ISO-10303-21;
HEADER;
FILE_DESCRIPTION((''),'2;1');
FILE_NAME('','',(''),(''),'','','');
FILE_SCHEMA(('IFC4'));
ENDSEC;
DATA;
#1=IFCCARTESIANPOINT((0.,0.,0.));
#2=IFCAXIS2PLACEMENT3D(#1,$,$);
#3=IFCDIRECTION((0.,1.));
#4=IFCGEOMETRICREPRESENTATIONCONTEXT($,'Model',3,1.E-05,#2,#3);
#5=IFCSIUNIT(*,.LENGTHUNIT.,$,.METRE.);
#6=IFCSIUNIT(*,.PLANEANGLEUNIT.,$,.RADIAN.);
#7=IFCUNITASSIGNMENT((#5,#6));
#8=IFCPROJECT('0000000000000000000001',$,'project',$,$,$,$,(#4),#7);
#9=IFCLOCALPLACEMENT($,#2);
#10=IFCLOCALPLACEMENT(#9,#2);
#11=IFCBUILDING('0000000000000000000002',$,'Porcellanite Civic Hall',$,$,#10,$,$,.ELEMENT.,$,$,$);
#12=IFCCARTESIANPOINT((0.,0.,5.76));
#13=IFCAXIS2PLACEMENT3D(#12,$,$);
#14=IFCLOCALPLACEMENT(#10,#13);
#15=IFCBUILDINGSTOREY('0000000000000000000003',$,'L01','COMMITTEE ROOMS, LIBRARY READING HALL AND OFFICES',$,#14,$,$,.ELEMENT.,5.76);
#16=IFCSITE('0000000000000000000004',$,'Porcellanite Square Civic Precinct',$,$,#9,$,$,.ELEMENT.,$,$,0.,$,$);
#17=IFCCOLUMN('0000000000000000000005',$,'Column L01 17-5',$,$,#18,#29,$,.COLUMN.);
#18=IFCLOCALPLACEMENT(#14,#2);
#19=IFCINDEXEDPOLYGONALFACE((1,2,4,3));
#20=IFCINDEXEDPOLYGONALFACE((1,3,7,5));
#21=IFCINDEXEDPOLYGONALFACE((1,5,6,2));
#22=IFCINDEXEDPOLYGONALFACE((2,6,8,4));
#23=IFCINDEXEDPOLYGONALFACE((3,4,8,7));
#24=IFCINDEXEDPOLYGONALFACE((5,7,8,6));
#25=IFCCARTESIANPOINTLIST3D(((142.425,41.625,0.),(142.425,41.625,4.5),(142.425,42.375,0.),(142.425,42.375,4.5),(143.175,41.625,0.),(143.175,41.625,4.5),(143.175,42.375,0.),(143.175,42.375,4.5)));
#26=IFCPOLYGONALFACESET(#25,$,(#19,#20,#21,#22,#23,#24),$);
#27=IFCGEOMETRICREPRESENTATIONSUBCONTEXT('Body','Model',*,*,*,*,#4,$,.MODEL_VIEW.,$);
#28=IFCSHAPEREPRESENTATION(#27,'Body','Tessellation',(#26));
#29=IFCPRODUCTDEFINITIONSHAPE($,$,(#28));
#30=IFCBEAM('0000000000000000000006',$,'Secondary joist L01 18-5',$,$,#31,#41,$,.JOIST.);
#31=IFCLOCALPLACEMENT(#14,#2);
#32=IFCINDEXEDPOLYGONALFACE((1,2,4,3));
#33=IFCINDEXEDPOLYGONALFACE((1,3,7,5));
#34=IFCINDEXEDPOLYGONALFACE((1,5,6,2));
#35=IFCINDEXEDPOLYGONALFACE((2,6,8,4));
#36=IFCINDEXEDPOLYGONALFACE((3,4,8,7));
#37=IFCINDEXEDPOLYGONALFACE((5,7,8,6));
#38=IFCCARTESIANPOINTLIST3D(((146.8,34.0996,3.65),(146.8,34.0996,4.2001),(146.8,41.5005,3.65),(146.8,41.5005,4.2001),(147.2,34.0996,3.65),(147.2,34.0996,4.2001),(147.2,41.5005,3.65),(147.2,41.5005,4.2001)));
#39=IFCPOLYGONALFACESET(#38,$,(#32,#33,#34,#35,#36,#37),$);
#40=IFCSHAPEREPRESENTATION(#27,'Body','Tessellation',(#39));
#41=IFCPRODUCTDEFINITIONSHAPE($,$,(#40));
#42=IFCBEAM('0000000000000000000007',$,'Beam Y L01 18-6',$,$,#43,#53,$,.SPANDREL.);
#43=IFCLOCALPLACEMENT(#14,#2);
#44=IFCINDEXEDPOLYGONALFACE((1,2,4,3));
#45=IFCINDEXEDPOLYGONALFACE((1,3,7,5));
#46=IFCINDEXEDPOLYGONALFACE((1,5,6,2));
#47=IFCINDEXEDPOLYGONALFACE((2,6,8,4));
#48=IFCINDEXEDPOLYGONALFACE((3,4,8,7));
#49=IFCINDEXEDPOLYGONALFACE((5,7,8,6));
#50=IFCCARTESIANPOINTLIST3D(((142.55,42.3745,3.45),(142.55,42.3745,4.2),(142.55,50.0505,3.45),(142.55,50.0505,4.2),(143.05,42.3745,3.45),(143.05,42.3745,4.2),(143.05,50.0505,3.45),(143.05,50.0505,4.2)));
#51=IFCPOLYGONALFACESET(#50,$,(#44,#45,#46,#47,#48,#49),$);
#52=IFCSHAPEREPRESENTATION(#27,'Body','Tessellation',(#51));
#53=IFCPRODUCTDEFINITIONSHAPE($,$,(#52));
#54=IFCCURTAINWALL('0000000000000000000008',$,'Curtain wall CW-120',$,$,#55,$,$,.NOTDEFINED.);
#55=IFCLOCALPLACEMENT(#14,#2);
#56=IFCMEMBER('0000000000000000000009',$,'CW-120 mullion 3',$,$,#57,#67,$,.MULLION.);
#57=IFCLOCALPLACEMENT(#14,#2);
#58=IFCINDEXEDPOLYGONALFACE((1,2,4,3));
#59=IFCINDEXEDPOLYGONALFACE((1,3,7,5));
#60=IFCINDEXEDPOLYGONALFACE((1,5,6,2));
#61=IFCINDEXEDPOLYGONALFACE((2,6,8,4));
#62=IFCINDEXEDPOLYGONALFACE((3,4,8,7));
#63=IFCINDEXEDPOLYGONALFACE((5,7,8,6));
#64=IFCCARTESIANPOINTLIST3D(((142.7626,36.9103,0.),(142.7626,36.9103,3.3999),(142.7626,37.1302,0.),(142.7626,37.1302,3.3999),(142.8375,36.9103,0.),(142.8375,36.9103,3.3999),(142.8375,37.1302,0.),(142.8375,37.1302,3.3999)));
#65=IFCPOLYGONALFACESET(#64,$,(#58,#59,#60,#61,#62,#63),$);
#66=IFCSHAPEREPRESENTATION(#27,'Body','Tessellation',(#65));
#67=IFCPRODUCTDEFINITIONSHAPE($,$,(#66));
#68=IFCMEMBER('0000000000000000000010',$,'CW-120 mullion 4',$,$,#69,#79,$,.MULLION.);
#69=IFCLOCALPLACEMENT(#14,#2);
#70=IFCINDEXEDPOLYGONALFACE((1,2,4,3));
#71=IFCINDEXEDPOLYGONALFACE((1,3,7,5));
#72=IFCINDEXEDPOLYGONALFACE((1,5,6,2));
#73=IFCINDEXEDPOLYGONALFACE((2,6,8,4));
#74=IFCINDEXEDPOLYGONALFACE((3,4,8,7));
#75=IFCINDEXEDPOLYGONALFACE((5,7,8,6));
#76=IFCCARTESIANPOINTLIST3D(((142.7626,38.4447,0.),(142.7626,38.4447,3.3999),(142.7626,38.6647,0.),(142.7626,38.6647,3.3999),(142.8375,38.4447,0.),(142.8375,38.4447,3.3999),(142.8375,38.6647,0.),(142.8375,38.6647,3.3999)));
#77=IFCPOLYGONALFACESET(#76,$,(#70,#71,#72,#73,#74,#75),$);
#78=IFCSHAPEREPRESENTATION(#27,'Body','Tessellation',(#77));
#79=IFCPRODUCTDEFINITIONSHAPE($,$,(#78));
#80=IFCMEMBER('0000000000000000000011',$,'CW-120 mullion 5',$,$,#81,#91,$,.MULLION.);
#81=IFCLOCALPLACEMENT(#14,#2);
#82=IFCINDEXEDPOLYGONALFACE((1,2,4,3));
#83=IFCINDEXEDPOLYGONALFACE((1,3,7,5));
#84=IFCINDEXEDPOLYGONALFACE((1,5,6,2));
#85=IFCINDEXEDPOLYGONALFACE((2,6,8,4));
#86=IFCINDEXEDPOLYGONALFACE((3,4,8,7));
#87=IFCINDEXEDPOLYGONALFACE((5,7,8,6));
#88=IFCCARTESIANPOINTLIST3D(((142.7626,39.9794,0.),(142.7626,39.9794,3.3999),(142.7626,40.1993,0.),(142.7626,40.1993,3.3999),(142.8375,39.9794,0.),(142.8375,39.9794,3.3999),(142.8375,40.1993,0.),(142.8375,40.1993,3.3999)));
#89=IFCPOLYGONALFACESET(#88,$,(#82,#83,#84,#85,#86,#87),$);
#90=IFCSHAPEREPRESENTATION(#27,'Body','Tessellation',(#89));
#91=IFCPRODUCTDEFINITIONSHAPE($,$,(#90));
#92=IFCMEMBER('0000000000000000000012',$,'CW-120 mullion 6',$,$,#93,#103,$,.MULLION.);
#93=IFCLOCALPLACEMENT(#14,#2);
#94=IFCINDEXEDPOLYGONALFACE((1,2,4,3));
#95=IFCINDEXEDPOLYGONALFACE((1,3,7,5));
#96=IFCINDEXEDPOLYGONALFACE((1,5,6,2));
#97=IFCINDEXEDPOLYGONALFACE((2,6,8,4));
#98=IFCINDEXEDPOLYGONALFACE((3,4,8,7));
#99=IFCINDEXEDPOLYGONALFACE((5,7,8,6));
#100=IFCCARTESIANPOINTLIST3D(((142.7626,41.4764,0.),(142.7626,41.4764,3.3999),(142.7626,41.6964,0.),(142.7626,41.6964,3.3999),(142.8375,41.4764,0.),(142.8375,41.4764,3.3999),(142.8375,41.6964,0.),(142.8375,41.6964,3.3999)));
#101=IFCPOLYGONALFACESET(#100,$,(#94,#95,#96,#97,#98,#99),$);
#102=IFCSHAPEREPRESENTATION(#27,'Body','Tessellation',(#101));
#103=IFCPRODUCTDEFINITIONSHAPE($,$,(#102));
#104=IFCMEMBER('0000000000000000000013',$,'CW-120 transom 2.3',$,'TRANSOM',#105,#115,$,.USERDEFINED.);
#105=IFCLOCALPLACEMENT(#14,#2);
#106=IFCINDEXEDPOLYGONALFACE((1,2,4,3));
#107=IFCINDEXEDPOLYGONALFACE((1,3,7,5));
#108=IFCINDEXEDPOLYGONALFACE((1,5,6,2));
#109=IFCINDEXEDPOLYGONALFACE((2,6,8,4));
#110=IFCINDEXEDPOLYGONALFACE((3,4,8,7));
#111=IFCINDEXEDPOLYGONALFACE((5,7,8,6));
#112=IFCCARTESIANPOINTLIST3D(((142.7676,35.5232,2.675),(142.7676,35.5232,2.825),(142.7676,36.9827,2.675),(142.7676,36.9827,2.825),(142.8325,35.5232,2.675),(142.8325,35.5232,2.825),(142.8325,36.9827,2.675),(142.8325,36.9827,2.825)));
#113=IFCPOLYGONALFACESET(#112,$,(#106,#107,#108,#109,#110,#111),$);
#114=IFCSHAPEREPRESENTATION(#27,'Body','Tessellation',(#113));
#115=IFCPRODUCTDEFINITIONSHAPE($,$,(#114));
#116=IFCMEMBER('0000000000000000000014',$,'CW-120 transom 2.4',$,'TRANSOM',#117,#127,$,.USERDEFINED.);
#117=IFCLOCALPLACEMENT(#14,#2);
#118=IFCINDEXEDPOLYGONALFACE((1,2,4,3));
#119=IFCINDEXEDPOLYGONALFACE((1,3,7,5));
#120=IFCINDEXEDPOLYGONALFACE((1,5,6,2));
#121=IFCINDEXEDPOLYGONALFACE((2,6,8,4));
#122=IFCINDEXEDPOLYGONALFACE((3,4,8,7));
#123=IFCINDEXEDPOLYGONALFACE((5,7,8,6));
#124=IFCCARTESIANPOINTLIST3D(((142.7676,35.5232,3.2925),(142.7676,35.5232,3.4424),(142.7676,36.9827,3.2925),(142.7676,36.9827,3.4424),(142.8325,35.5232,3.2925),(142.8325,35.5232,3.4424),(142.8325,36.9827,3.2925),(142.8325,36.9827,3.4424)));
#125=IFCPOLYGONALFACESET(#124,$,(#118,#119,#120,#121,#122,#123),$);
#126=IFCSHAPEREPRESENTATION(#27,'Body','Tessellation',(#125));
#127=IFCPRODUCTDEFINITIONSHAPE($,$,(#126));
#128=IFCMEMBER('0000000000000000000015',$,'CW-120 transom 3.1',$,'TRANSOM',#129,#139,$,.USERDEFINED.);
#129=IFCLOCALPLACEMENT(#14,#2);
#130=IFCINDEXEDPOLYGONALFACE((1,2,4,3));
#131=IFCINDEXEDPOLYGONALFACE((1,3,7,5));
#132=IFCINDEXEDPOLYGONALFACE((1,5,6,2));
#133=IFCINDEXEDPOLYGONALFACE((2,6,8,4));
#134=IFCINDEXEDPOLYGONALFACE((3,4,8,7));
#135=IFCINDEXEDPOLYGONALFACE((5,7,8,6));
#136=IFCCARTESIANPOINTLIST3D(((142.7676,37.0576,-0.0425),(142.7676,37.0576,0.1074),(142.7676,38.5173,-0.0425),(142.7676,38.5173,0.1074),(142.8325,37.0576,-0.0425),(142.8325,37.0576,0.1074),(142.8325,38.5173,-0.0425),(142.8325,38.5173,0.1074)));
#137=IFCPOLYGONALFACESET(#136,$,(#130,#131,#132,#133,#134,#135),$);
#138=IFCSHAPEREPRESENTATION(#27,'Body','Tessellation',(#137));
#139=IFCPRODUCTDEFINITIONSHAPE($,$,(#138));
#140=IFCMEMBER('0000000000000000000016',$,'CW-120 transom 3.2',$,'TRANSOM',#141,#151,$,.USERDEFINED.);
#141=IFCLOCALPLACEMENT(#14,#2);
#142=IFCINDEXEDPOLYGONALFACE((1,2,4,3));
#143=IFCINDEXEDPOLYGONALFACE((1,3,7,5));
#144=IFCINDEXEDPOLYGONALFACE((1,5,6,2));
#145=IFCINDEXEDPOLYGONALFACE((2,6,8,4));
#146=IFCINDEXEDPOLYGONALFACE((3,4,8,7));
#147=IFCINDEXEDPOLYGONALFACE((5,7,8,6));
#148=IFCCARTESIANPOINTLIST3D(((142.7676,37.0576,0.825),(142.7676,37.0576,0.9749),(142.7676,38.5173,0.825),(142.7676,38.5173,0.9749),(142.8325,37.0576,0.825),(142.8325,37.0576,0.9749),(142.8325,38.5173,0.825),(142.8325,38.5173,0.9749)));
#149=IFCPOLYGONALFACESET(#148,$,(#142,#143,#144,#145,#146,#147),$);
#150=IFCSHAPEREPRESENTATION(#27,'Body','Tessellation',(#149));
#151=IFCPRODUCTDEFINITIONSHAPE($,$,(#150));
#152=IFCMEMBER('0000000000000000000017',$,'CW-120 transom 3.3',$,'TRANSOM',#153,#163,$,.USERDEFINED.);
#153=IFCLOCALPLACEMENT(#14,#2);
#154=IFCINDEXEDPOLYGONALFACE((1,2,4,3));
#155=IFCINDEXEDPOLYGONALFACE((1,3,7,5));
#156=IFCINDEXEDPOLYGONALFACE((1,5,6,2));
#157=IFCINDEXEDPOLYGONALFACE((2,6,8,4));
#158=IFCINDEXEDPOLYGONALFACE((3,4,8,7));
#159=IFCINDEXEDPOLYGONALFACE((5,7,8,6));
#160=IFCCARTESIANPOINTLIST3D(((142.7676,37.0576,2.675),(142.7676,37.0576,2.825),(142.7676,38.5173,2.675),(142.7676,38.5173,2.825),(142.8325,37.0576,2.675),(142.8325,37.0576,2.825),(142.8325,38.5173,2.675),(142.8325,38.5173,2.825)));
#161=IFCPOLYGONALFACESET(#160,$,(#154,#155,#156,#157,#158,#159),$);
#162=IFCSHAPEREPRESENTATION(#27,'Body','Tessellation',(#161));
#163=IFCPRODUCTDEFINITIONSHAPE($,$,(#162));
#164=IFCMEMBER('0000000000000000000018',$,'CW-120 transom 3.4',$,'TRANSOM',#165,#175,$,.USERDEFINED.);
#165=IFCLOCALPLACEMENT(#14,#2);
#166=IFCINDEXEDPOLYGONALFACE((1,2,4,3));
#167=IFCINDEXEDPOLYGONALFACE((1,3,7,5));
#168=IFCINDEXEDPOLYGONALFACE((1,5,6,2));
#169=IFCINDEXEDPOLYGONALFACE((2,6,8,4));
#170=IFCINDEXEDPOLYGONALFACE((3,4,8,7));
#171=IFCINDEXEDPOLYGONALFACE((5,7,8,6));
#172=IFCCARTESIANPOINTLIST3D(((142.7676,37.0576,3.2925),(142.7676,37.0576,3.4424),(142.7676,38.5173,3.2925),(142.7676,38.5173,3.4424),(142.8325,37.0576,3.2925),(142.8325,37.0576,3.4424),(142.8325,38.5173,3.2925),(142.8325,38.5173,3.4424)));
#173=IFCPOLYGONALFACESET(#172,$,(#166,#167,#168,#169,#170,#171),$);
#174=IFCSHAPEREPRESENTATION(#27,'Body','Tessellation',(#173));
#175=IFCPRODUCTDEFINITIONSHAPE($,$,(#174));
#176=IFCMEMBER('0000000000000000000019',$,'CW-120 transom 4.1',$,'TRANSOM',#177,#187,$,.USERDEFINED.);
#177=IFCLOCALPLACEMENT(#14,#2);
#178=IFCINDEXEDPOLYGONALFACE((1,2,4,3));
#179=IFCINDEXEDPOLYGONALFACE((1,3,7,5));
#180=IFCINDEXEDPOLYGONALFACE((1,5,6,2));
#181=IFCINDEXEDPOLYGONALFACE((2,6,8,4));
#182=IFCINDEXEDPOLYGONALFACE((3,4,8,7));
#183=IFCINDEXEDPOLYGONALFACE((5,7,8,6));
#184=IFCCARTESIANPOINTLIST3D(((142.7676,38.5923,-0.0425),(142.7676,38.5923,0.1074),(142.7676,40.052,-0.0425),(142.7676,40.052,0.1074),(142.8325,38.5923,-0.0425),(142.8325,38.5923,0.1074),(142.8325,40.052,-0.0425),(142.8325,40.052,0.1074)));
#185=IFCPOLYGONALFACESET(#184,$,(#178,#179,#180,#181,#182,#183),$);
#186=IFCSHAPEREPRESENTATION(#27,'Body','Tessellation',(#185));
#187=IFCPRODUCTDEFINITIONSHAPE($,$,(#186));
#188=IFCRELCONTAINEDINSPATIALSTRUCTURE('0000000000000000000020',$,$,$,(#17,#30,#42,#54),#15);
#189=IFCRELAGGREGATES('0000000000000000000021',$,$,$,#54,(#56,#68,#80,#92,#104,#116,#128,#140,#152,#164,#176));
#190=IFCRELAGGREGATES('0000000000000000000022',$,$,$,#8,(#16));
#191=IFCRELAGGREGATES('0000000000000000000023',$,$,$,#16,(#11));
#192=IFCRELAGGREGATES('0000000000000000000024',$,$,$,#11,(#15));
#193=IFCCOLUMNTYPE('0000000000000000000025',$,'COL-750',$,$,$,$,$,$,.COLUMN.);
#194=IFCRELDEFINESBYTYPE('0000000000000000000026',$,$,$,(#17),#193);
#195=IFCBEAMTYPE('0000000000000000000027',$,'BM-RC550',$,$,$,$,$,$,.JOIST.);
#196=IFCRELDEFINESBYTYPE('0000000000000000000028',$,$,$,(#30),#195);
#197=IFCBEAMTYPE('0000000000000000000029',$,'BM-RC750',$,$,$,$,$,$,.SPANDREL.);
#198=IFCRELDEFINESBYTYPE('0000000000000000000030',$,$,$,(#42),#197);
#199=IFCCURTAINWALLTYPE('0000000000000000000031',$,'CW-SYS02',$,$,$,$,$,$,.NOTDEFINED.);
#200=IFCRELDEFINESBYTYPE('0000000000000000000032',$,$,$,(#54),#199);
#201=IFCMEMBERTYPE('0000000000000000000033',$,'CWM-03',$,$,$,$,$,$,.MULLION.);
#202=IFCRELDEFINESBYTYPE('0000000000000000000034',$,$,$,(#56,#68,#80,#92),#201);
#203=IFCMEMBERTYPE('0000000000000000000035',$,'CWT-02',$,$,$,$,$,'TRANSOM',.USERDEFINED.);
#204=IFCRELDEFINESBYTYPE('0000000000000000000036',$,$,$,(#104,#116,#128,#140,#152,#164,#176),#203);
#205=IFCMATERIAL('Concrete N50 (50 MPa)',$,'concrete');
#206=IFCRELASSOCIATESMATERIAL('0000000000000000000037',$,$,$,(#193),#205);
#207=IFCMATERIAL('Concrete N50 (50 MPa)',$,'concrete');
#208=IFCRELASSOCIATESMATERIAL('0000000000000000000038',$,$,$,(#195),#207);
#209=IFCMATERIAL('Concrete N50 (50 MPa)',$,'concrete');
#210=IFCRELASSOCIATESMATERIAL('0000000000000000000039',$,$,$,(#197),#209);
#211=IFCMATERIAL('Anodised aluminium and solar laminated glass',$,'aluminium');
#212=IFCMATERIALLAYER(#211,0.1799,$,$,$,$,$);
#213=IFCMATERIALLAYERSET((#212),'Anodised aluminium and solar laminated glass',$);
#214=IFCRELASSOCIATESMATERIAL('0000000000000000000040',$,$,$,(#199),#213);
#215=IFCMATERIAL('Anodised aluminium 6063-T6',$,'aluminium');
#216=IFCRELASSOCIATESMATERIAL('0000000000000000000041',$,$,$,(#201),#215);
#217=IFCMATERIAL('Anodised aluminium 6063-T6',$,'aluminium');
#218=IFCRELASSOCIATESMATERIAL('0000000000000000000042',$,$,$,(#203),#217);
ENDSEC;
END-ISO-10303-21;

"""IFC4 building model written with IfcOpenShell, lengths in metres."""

from ifc_helpers import new_model, si_unit, direction, frame, origin, origin_2d, place, context, subcontext, project, spatial, rectangle, extrude, material, layer, layer_set, material_profile, profile_set, type_object, element, aggregate, save


model = new_model("IFC4")

# Units and contexts
model_context = context("Model", 3, precision=1e-05, world=origin(), true_north=direction((0.0, 1.0)))
body_context = subcontext(model_context, "Body", "Model", "MODEL_VIEW")
ifc_project = project(units=[si_unit("LENGTHUNIT", "METRE"), si_unit("PLANEANGLEUNIT", "RADIAN")], contexts=[model_context])

# Site, building, storey
site_placement = place(None, origin())
site = spatial("IfcSite", under=ifc_project, at=site_placement, Name="Porcellanite Square Civic Precinct", CompositionType="ELEMENT", RefElevation=0.0)
building_placement = place(site_placement, origin())
building = spatial("IfcBuilding", under=site, at=building_placement, Name="Porcellanite Civic Hall", CompositionType="ELEMENT")
storey_placement = place(building_placement, frame((0.0, 0.0, 5.76)))
storey = spatial("IfcBuildingStorey", under=building, at=storey_placement, Name="L01", Description="COMMITTEE ROOMS, LIBRARY READING HALL AND OFFICES", CompositionType="ELEMENT", Elevation=5.76)

# Column
ifc_material_1 = material(Name="Concrete N50 (50 MPa)", Category="concrete")
ifc_material_profile_1 = material_profile(ifc_material_1, rectangle(XDim=0.75, YDim=0.75, at=origin_2d()), Name="RC-750x750")
ifc_profile_set_1 = profile_set([ifc_material_profile_1], Name="Concrete N50 (50 MPa)")
column_type = type_object("IfcColumnType", Name="COL-750", PredefinedType="COLUMN", material=ifc_profile_set_1)
column_placement = place(storey_placement, frame((142.8, 42.0, 0.0), z_axis=(0.0, 0.0, 1.0), x_axis=(1.0, 0.0, 0.0)))
element("IfcColumn", 1, at=column_placement, inside=storey, type_object=column_type, Name="Column L01 17-5", PredefinedType="COLUMN", context=body_context, shape_type="SweptSolid", body=[
    extrude(rectangle(XDim=0.75, YDim=0.75, at=origin_2d()), origin(), (0.0, 0.0, 1.0), 4.5),
])

# Beams
ifc_material_2 = material(Name="Concrete N50 (50 MPa)", Category="concrete")
ifc_material_profile_2 = material_profile(ifc_material_2, rectangle(XDim=0.3999, YDim=0.55, at=origin_2d()), Name="RC-400x550")
ifc_profile_set_2 = profile_set([ifc_material_profile_2], Name="Concrete N50 (50 MPa)")
beam_type_1 = type_object("IfcBeamType", Name="BM-RC550", PredefinedType="JOIST", material=ifc_profile_set_2)
beam_1_placement = place(storey_placement, frame((147.0, 34.0996, 3.925), z_axis=(0.0, 1.0, 0.0), x_axis=(-1.0, 0.0, 0.0)))
element("IfcBeam", 2, at=beam_1_placement, inside=storey, type_object=beam_type_1, Name="Secondary joist L01 18-5", PredefinedType="JOIST", context=body_context, shape_type="SweptSolid", body=[
    extrude(rectangle(XDim=0.3999, YDim=0.55, at=origin_2d()), origin(), (0.0, 0.0, 1.0), 7.4009),
])
ifc_material_3 = material(Name="Concrete N50 (50 MPa)", Category="concrete")
ifc_material_profile_3 = material_profile(ifc_material_3, rectangle(XDim=0.5, YDim=0.75, at=origin_2d()), Name="RC-500x750")
ifc_profile_set_3 = profile_set([ifc_material_profile_3], Name="Concrete N50 (50 MPa)")
beam_type_2 = type_object("IfcBeamType", Name="BM-RC750", PredefinedType="SPANDREL", material=ifc_profile_set_3)
beam_2_placement = place(storey_placement, frame((142.8, 42.3745, 3.825), z_axis=(0.0, 1.0, 0.0), x_axis=(-1.0, 0.0, 0.0)))
element("IfcBeam", 3, at=beam_2_placement, inside=storey, type_object=beam_type_2, Name="Beam Y L01 18-6", PredefinedType="SPANDREL", context=body_context, shape_type="SweptSolid", body=[
    extrude(rectangle(XDim=0.5, YDim=0.75, at=origin_2d()), origin(), (0.0, 0.0, 1.0), 7.676),
])

# Curtain wall, members
ifc_material_4 = material(Name="Anodised aluminium and solar laminated glass", Category="aluminium")
ifc_layer_1 = layer(ifc_material_4, 0.1799)
ifc_layer_set_1 = layer_set([ifc_layer_1], Name="Anodised aluminium and solar laminated glass")
curtain_wall_type = type_object("IfcCurtainWallType", Name="CW-SYS02", PredefinedType="NOTDEFINED", material=ifc_layer_set_1)
curtain_wall_placement = place(storey_placement, origin())
curtain_wall = element("IfcCurtainWall", 4, at=curtain_wall_placement, inside=storey, type_object=curtain_wall_type, Name="Curtain wall CW-120", PredefinedType="NOTDEFINED")
ifc_material_5 = material(Name="Anodised aluminium 6063-T6", Category="aluminium")
ifc_material_profile_4 = material_profile(ifc_material_5, rectangle(XDim=0.075, YDim=0.22, at=origin_2d()), Name="AL-75x220")
ifc_profile_set_4 = profile_set([ifc_material_profile_4], Name="Anodised aluminium 6063-T6")
member_type_1 = type_object("IfcMemberType", Name="CWM-03", PredefinedType="MULLION", material=ifc_profile_set_4)
member_1_placement = place(storey_placement, frame((142.8, 37.0203, 0.0), z_axis=(0.0, 0.0, 1.0), x_axis=(-1.0, 0.0, 0.0)))
member_1 = element("IfcMember", 5, at=member_1_placement, type_object=member_type_1, Name="CW-120 mullion 3", PredefinedType="MULLION", context=body_context, shape_type="SweptSolid", body=[
    extrude(rectangle(XDim=0.075, YDim=0.22, at=origin_2d()), origin(), (0.0, 0.0, 1.0), 3.3999),
])
member_2_placement = place(storey_placement, frame((142.8, 38.5547, 0.0), z_axis=(0.0, 0.0, 1.0), x_axis=(-1.0, 0.0, 0.0)))
member_2 = element("IfcMember", 6, at=member_2_placement, type_object=member_type_1, Name="CW-120 mullion 4", PredefinedType="MULLION", context=body_context, shape_type="SweptSolid", body=[
    extrude(rectangle(XDim=0.075, YDim=0.22, at=origin_2d()), origin(), (0.0, 0.0, 1.0), 3.3999),
])
member_3_placement = place(storey_placement, frame((142.8, 40.0894, 0.0), z_axis=(0.0, 0.0, 1.0), x_axis=(-1.0, 0.0, 0.0)))
member_3 = element("IfcMember", 7, at=member_3_placement, type_object=member_type_1, Name="CW-120 mullion 5", PredefinedType="MULLION", context=body_context, shape_type="SweptSolid", body=[
    extrude(rectangle(XDim=0.075, YDim=0.22, at=origin_2d()), origin(), (0.0, 0.0, 1.0), 3.3999),
])
member_4_placement = place(storey_placement, frame((142.8, 41.5864, 0.0), z_axis=(0.0, 0.0, 1.0), x_axis=(-1.0, 0.0, 0.0)))
member_4 = element("IfcMember", 8, at=member_4_placement, type_object=member_type_1, Name="CW-120 mullion 6", PredefinedType="MULLION", context=body_context, shape_type="SweptSolid", body=[
    extrude(rectangle(XDim=0.075, YDim=0.22, at=origin_2d()), origin(), (0.0, 0.0, 1.0), 3.3999),
])
ifc_material_6 = material(Name="Anodised aluminium 6063-T6", Category="aluminium")
ifc_material_profile_5 = material_profile(ifc_material_6, rectangle(XDim=0.0649, YDim=0.1499, at=origin_2d()), Name="AL-65x150")
ifc_profile_set_5 = profile_set([ifc_material_profile_5], Name="Anodised aluminium 6063-T6")
member_type_2 = type_object("IfcMemberType", Name="CWT-02", ElementType="TRANSOM", PredefinedType="USERDEFINED", material=ifc_profile_set_5)
member_5_placement = place(storey_placement, frame((142.8, 35.5232, 2.75), z_axis=(0.0, 1.0, 0.0), x_axis=(-1.0, 0.0, 0.0)))
member_5 = element("IfcMember", 9, at=member_5_placement, type_object=member_type_2, Name="CW-120 transom 2.3", ObjectType="TRANSOM", PredefinedType="USERDEFINED", context=body_context, shape_type="SweptSolid", body=[
    extrude(rectangle(XDim=0.0649, YDim=0.1499, at=origin_2d()), origin(), (0.0, 0.0, 1.0), 1.4595),
])
member_6_placement = place(storey_placement, frame((142.8, 35.5232, 3.3674), z_axis=(0.0, 1.0, 0.0), x_axis=(-1.0, 0.0, 0.0)))
member_6 = element("IfcMember", 10, at=member_6_placement, type_object=member_type_2, Name="CW-120 transom 2.4", ObjectType="TRANSOM", PredefinedType="USERDEFINED", context=body_context, shape_type="SweptSolid", body=[
    extrude(rectangle(XDim=0.0649, YDim=0.1499, at=origin_2d()), origin(), (0.0, 0.0, 1.0), 1.4595),
])
member_7_placement = place(storey_placement, frame((142.8, 37.0576, 0.0325), z_axis=(0.0, 1.0, 0.0), x_axis=(-1.0, 0.0, 0.0)))
member_7 = element("IfcMember", 11, at=member_7_placement, type_object=member_type_2, Name="CW-120 transom 3.1", ObjectType="TRANSOM", PredefinedType="USERDEFINED", context=body_context, shape_type="SweptSolid", body=[
    extrude(rectangle(XDim=0.0649, YDim=0.1499, at=origin_2d()), origin(), (0.0, 0.0, 1.0), 1.4597),
])
member_8_placement = place(storey_placement, frame((142.8, 37.0576, 0.8999), z_axis=(0.0, 1.0, 0.0), x_axis=(-1.0, 0.0, 0.0)))
member_8 = element("IfcMember", 12, at=member_8_placement, type_object=member_type_2, Name="CW-120 transom 3.2", ObjectType="TRANSOM", PredefinedType="USERDEFINED", context=body_context, shape_type="SweptSolid", body=[
    extrude(rectangle(XDim=0.0649, YDim=0.1499, at=origin_2d()), origin(), (0.0, 0.0, 1.0), 1.4597),
])
member_9_placement = place(storey_placement, frame((142.8, 37.0576, 2.75), z_axis=(0.0, 1.0, 0.0), x_axis=(-1.0, 0.0, 0.0)))
member_9 = element("IfcMember", 13, at=member_9_placement, type_object=member_type_2, Name="CW-120 transom 3.3", ObjectType="TRANSOM", PredefinedType="USERDEFINED", context=body_context, shape_type="SweptSolid", body=[
    extrude(rectangle(XDim=0.0649, YDim=0.1499, at=origin_2d()), origin(), (0.0, 0.0, 1.0), 1.4597),
])
member_10_placement = place(storey_placement, frame((142.8, 37.0576, 3.3674), z_axis=(0.0, 1.0, 0.0), x_axis=(-1.0, 0.0, 0.0)))
member_10 = element("IfcMember", 14, at=member_10_placement, type_object=member_type_2, Name="CW-120 transom 3.4", ObjectType="TRANSOM", PredefinedType="USERDEFINED", context=body_context, shape_type="SweptSolid", body=[
    extrude(rectangle(XDim=0.0649, YDim=0.1499, at=origin_2d()), origin(), (0.0, 0.0, 1.0), 1.4597),
])
member_11_placement = place(storey_placement, frame((142.8, 38.5923, 0.0325), z_axis=(0.0, 1.0, 0.0), x_axis=(-1.0, 0.0, 0.0)))
member_11 = element("IfcMember", 15, at=member_11_placement, type_object=member_type_2, Name="CW-120 transom 4.1", ObjectType="TRANSOM", PredefinedType="USERDEFINED", context=body_context, shape_type="SweptSolid", body=[
    extrude(rectangle(XDim=0.0649, YDim=0.1499, at=origin_2d()), origin(), (0.0, 0.0, 1.0), 1.4597),
])

aggregate(curtain_wall, [member_1, member_2, member_3, member_4, member_5, member_6, member_7, member_8, member_9, member_10, member_11])

save(model, "model.ifc")
